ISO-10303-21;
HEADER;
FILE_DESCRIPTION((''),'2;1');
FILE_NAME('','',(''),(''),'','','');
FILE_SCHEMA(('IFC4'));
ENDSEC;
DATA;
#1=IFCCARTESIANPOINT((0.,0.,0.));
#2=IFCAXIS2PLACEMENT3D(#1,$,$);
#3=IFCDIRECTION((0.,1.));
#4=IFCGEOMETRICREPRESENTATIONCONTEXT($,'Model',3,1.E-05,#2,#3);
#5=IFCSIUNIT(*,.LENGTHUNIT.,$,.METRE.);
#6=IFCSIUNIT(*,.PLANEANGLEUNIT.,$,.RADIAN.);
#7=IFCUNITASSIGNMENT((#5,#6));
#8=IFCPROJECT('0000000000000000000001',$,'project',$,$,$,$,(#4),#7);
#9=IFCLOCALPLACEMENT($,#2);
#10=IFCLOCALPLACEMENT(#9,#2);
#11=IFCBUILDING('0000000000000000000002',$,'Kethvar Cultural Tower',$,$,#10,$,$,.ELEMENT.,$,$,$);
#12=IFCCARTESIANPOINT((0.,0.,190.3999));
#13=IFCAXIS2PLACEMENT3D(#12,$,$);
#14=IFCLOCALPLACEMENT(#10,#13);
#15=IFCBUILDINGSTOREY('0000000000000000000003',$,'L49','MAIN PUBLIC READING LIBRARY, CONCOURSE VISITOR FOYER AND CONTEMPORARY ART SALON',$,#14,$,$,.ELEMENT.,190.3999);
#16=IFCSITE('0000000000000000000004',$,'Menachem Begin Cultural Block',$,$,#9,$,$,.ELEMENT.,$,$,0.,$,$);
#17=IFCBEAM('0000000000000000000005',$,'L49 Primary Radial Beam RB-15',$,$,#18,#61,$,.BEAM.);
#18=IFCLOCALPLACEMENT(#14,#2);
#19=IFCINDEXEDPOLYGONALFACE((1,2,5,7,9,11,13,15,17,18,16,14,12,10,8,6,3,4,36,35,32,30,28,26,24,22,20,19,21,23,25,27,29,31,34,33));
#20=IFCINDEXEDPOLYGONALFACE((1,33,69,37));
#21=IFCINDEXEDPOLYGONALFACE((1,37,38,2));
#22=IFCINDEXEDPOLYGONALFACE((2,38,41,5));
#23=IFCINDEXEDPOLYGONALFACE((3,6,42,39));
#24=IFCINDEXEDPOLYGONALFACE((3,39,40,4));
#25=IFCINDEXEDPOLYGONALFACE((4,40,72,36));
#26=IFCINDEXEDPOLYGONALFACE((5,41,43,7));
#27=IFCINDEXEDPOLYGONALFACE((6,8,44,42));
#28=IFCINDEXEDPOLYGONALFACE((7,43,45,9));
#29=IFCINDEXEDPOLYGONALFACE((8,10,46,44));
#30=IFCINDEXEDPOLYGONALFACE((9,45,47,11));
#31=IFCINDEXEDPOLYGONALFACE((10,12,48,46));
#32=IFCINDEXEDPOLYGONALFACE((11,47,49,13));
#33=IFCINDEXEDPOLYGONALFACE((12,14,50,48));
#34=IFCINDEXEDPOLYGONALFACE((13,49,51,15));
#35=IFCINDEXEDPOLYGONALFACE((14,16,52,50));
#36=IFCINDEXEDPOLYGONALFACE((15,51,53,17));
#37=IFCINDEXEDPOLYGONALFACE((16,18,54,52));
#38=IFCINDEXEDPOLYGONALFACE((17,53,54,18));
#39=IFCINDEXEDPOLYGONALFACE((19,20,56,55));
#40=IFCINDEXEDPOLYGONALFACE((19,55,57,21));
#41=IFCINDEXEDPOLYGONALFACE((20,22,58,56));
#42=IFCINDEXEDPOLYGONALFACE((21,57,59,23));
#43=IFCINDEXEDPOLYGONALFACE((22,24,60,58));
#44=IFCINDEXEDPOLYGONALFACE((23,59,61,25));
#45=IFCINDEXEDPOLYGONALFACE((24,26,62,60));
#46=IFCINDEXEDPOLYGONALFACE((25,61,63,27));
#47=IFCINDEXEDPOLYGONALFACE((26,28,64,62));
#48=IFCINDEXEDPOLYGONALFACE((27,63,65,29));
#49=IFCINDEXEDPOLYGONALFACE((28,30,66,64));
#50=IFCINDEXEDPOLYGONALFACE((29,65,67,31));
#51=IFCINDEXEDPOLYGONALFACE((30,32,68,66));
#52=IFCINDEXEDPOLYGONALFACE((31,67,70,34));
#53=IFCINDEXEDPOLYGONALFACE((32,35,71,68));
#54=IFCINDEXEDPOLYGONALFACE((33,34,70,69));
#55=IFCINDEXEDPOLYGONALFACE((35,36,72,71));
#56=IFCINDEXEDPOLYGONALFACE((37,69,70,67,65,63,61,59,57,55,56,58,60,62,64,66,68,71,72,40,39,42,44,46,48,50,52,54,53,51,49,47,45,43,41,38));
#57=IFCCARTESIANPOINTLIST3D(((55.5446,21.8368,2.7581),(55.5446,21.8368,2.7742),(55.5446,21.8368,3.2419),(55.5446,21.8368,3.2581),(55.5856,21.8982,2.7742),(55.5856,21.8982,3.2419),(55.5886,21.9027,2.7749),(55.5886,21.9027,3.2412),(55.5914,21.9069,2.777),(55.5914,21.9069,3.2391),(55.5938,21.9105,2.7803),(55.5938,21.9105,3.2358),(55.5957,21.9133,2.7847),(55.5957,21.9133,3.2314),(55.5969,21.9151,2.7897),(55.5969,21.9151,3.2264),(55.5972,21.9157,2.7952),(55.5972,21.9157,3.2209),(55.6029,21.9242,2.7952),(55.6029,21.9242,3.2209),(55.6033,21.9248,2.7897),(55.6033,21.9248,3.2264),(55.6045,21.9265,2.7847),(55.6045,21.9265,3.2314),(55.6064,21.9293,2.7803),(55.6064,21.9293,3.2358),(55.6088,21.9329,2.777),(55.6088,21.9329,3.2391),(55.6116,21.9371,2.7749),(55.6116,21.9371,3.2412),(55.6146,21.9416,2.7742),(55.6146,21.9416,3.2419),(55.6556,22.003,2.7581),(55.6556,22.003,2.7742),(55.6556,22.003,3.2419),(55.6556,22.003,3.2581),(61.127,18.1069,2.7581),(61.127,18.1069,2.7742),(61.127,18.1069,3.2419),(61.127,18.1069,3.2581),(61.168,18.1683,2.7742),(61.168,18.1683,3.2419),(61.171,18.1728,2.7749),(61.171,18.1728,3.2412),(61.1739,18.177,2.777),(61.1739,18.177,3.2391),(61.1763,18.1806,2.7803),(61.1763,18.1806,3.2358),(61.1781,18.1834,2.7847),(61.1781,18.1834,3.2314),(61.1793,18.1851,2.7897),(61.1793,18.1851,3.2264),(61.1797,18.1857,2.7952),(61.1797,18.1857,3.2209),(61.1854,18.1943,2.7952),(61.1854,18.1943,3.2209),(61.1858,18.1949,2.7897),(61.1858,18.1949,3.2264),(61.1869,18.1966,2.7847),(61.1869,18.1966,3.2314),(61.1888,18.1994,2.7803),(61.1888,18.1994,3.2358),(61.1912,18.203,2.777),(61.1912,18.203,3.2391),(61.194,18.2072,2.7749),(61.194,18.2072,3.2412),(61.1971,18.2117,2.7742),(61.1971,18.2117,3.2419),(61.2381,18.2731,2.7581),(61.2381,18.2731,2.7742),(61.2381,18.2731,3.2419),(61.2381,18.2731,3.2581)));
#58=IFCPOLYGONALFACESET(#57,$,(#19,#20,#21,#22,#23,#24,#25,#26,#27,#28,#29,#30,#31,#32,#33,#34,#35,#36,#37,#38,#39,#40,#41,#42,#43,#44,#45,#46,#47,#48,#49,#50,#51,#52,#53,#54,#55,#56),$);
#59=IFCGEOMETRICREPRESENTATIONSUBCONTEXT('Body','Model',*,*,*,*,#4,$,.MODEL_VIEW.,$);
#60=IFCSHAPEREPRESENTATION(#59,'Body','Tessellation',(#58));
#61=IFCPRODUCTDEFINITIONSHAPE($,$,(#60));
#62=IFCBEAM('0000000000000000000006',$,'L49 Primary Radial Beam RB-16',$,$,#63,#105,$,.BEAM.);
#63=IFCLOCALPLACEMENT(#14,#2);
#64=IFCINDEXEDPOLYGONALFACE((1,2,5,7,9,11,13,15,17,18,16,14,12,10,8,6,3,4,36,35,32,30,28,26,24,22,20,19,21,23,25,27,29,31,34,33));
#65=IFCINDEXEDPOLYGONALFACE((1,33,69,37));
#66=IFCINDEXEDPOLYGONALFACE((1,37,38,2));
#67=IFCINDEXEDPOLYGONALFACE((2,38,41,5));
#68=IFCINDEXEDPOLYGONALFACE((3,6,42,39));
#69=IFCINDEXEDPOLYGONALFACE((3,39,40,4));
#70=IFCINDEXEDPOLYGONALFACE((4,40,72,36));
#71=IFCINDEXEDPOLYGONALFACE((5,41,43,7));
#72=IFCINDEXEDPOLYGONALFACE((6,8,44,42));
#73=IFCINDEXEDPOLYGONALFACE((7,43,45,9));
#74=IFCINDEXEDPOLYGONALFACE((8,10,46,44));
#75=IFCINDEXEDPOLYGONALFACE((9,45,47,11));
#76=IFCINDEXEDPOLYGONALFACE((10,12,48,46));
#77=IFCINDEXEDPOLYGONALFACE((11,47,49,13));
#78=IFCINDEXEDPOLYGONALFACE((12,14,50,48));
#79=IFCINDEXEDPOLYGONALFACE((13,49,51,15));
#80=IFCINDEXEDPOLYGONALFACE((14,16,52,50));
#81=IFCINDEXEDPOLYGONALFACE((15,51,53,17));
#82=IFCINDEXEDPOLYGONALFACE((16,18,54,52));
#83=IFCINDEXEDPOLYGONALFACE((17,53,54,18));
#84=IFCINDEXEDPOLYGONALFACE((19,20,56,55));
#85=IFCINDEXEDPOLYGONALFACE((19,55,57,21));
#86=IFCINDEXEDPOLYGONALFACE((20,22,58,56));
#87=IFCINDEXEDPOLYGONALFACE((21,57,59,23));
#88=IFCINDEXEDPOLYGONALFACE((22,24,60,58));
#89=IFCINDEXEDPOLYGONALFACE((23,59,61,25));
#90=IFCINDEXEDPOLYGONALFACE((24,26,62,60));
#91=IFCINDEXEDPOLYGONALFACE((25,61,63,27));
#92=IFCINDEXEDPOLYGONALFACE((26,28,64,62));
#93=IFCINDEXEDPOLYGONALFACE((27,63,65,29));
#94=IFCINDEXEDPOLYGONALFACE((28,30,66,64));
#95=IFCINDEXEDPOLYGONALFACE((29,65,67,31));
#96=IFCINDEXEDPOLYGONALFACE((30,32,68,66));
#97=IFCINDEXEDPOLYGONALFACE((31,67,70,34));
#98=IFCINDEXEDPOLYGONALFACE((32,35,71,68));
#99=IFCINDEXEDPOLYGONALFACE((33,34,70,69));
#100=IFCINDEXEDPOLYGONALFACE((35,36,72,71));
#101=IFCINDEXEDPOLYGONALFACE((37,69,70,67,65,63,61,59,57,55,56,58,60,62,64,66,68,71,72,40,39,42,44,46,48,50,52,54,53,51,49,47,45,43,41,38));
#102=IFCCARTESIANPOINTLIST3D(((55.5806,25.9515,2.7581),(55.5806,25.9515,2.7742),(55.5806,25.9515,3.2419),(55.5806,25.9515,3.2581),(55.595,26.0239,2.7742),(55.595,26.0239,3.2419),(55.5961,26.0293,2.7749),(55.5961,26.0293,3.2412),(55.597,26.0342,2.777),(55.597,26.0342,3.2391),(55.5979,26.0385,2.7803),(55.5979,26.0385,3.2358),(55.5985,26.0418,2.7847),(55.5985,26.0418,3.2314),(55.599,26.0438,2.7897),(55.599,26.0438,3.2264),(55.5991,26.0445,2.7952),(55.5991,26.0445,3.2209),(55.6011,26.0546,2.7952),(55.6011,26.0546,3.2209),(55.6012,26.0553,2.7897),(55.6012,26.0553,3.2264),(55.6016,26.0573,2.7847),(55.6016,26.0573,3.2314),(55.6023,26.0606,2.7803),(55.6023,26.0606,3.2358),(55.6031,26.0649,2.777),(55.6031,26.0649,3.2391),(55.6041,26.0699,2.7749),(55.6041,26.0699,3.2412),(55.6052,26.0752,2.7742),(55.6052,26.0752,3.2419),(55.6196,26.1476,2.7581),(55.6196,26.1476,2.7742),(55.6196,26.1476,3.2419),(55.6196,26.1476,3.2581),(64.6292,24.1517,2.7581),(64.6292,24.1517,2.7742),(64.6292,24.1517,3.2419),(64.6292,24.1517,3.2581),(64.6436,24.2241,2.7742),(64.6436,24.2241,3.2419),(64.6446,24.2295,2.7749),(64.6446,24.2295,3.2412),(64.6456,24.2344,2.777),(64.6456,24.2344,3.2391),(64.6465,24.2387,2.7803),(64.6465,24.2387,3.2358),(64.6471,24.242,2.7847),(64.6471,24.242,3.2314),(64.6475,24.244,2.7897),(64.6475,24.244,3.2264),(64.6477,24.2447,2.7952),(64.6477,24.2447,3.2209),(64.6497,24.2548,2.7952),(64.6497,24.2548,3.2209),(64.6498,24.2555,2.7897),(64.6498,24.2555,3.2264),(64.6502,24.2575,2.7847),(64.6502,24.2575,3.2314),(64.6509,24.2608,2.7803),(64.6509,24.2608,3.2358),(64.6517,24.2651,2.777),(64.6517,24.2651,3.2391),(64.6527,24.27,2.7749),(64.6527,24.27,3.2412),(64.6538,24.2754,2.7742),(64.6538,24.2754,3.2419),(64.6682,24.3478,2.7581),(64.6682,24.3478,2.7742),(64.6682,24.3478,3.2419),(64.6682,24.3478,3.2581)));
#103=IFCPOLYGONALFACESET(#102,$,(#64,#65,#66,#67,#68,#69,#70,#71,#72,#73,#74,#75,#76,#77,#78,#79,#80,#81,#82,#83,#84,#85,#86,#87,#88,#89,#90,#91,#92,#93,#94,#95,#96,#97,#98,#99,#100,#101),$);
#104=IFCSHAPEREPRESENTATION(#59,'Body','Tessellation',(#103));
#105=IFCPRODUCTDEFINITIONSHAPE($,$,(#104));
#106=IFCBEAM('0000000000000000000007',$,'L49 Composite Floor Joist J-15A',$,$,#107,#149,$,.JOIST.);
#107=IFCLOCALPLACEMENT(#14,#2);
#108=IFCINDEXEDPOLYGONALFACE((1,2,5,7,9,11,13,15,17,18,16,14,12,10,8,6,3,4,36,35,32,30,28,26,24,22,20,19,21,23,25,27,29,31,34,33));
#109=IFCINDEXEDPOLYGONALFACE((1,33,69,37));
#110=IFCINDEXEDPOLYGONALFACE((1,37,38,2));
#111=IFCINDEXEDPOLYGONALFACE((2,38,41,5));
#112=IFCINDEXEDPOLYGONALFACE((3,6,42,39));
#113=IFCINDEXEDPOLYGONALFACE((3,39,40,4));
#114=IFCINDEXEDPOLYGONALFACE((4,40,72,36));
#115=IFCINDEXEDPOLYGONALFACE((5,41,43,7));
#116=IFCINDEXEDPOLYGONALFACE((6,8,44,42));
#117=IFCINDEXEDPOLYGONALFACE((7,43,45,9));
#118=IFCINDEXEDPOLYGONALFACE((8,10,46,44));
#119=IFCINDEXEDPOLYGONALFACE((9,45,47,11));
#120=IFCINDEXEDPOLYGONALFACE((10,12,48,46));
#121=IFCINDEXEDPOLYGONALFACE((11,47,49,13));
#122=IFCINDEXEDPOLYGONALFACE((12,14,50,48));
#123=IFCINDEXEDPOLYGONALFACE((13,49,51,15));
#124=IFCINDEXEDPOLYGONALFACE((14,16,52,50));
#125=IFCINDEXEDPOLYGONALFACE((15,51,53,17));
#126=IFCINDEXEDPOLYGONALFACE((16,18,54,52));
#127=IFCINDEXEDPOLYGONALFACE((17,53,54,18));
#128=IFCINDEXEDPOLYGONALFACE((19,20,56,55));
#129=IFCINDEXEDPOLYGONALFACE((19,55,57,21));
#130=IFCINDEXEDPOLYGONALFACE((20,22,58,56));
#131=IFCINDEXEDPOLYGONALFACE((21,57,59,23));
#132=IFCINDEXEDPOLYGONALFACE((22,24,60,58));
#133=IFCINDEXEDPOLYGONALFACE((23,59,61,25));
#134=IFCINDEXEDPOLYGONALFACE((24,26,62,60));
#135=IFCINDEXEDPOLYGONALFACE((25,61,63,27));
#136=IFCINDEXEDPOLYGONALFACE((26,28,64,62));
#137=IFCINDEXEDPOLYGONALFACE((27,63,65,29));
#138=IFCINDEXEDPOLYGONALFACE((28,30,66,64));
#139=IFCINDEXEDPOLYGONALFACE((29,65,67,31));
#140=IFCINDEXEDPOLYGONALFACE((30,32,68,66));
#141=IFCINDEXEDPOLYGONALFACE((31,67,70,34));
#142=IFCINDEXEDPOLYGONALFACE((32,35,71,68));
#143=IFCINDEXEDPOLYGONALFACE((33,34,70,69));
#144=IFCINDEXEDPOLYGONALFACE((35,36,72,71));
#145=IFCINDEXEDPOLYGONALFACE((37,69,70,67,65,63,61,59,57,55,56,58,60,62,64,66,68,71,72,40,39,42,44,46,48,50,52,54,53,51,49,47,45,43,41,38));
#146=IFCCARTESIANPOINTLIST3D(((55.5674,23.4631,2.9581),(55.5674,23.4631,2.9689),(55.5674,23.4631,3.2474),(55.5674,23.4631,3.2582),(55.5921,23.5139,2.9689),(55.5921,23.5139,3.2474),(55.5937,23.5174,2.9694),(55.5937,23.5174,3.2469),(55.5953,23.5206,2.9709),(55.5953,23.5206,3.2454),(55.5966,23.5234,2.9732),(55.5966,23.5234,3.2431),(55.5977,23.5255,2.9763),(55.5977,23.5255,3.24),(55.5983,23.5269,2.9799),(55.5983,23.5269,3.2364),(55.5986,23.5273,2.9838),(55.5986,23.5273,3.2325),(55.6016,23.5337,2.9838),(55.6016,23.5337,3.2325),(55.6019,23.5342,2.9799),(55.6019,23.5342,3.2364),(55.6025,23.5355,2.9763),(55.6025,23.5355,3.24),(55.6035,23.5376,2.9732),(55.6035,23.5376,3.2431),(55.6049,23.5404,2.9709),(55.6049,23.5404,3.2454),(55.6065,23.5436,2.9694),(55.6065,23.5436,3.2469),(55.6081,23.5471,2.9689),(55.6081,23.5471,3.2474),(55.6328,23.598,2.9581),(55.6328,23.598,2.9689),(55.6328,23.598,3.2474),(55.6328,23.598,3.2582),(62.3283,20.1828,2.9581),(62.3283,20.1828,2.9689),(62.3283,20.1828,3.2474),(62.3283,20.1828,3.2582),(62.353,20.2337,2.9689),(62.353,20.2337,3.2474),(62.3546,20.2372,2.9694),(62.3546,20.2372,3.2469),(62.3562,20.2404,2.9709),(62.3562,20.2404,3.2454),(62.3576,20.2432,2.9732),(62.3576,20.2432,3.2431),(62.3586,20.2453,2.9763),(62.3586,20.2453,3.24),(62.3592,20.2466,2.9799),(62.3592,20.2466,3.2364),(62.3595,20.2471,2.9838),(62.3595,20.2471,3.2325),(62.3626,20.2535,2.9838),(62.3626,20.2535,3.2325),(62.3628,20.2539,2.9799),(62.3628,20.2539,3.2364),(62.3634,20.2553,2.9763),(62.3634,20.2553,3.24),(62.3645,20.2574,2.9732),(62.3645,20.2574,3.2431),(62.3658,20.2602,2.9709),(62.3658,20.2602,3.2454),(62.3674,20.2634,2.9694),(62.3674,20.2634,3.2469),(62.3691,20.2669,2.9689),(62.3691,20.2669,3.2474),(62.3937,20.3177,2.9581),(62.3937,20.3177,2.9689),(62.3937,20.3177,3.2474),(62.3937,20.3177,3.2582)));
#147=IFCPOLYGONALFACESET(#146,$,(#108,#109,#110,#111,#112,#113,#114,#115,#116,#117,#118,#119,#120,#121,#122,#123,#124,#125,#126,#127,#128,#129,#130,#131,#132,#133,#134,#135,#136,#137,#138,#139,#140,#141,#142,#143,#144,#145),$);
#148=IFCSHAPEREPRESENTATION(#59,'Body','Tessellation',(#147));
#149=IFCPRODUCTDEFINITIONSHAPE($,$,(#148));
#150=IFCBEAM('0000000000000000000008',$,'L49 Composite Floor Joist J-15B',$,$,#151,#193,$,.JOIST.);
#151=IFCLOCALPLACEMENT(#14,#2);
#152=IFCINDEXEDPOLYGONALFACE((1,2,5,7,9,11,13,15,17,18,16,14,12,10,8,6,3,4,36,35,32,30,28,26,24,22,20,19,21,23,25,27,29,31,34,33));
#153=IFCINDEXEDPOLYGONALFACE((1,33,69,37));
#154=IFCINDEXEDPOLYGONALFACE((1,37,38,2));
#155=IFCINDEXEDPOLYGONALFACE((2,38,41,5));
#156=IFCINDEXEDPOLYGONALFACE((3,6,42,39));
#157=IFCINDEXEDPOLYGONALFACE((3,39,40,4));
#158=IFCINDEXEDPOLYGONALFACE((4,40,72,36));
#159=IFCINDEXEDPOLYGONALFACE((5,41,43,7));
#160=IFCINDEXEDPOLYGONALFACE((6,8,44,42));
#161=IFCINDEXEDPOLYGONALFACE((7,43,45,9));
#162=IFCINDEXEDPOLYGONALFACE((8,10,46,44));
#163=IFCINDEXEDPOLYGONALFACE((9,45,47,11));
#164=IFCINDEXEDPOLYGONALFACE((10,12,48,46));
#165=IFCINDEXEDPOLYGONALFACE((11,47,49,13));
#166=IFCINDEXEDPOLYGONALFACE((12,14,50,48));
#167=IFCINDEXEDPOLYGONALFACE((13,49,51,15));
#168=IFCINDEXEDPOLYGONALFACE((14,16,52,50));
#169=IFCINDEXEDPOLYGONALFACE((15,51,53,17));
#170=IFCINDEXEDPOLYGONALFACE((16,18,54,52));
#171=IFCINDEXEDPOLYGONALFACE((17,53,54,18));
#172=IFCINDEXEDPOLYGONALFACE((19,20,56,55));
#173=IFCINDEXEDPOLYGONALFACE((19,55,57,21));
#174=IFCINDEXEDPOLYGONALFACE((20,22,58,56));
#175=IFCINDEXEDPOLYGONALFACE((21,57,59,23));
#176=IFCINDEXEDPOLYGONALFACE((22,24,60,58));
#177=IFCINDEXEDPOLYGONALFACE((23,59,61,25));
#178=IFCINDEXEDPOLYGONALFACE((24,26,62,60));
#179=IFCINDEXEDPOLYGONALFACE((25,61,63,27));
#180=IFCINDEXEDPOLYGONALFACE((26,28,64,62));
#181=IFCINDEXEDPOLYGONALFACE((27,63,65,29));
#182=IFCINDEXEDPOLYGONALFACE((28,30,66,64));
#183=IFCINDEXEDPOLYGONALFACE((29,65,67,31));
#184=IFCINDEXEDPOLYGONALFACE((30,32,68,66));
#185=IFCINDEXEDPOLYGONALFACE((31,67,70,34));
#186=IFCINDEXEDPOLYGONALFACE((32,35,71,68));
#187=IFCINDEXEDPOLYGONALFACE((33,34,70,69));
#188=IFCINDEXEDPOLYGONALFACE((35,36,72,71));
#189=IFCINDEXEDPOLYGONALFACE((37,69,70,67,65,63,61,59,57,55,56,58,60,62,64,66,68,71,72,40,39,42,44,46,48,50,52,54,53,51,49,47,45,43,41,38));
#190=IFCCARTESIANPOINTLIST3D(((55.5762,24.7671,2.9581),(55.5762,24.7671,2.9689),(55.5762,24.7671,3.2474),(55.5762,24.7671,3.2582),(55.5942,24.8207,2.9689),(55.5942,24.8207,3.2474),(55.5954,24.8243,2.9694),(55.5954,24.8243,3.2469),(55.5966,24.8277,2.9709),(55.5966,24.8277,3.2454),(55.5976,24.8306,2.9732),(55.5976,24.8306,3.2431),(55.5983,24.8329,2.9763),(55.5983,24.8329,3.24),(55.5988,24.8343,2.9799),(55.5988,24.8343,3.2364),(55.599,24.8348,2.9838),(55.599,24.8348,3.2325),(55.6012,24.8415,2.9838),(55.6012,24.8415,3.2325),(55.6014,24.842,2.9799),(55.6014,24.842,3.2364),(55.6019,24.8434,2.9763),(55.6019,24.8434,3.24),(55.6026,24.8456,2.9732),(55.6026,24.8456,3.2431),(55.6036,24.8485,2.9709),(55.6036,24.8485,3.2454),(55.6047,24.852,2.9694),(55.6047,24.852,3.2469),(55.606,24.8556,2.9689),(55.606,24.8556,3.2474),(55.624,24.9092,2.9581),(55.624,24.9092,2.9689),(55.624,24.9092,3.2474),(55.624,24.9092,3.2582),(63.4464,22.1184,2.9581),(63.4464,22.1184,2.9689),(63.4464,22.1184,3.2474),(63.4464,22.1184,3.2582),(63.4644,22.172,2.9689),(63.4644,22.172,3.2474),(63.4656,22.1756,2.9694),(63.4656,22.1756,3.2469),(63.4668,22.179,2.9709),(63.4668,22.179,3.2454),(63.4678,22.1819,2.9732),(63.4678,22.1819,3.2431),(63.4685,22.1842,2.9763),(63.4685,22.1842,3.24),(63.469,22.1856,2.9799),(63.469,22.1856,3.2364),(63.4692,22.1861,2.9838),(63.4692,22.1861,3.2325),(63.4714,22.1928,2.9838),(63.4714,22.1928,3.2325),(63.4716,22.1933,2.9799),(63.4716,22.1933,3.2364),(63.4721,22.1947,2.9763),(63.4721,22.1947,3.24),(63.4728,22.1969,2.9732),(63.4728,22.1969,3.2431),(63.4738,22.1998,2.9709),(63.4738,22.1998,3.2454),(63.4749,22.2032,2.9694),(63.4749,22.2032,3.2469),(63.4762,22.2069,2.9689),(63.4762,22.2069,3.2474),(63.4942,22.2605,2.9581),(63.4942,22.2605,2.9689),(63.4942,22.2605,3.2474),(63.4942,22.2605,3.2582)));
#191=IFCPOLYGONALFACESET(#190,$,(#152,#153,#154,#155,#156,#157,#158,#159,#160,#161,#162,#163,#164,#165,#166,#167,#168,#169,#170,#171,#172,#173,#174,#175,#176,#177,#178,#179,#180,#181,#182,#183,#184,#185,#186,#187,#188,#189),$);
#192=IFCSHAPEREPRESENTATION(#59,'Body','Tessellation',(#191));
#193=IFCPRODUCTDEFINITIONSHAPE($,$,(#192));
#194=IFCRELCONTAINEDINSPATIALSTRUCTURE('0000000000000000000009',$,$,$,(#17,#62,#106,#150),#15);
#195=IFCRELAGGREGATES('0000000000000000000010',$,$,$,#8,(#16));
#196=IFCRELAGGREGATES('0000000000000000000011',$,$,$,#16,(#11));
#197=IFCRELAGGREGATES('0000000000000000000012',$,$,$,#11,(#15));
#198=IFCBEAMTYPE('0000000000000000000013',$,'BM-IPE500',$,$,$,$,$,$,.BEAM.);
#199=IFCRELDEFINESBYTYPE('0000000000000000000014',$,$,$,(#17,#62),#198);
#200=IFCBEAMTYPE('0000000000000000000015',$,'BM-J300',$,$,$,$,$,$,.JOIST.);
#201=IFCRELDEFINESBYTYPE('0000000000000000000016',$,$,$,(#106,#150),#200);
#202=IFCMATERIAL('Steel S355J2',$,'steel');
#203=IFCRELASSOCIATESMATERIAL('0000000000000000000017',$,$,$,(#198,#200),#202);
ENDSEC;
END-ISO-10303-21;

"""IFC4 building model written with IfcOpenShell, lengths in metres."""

from ifc_helpers import new_model, si_unit, direction, frame, origin, origin_2d, place, context, subcontext, project, spatial, i_section, extrude, source, transform, mapped, material, material_profile, profile_set, type_object, element, save


model = new_model("IFC4")

# Units and contexts
model_context = context("Model", 3, precision=1e-05, world=origin(), true_north=direction((0.0, 1.0)))
body_context = subcontext(model_context, "Body", "Model", "MODEL_VIEW")
ifc_project = project(units=[si_unit("LENGTHUNIT", "METRE"), si_unit("PLANEANGLEUNIT", "RADIAN")], contexts=[model_context])

# Site, building, storey
site_placement = place(None, origin())
site = spatial("IfcSite", under=ifc_project, at=site_placement, Name="Menachem Begin Cultural Block", CompositionType="ELEMENT", RefElevation=0.0)
building_placement = place(site_placement, origin())
building = spatial("IfcBuilding", under=site, at=building_placement, Name="Kethvar Cultural Tower", CompositionType="ELEMENT")
storey_placement = place(building_placement, frame((0.0, 0.0, 190.3999)))
storey = spatial("IfcBuildingStorey", under=building, at=storey_placement, Name="L49", Description="MAIN PUBLIC READING LIBRARY, CONCOURSE VISITOR FOYER AND CONTEMPORARY ART SALON", CompositionType="ELEMENT", Elevation=190.3999)

# Beams
ifc_material_1 = material(Name="Steel S355J2", Category="steel")
ifc_material_profile_1 = material_profile(ifc_material_1, i_section(OverallWidth=0.2, OverallDepth=0.5, WebThickness=0.0103, FlangeThickness=0.0161, FilletRadius=0.021, at=origin_2d()), Name="Steel S355J2 — IPE500")
ifc_profile_set_1 = profile_set([ifc_material_profile_1], Name="Steel S355J2 — IPE500")
beam_type_1 = type_object("IfcBeamType", Name="BM-IPE500", PredefinedType="BEAM", material=ifc_profile_set_1)
shared_shape_1 = source(origin(), body_context, "Body", "SweptSolid", [
    extrude(i_section(OverallWidth=0.2, OverallDepth=0.5, WebThickness=0.0103, FlangeThickness=0.0161, FilletRadius=0.021, at=origin_2d()), origin(), (0.0, 0.0, 1.0), 6.7139),
])
beam_1_placement = place(storey_placement, frame((55.6001, 21.9199, 3.0081), z_axis=(0.831479, -0.555556, 0.0), x_axis=(0.555556, 0.831479, 0.0)))
element("IfcBeam", 1, at=beam_1_placement, inside=storey, type_object=beam_type_1, Name="L49 Primary Radial Beam RB-15", PredefinedType="BEAM", context=body_context, shape_type="MappedRepresentation", body=[
    mapped(shared_shape_1, transform((0.0, 0.0, 0.0), scale=1.0)),
])
shared_shape_2 = source(origin(), body_context, "Body", "SweptSolid", [
    extrude(i_section(OverallWidth=0.2, OverallDepth=0.5, WebThickness=0.0103, FlangeThickness=0.0161, FilletRadius=0.021, at=origin_2d()), origin(), (0.0, 0.0, 1.0), 9.2258),
])
beam_2_placement = place(storey_placement, frame((55.6001, 26.0496, 3.0081), z_axis=(0.980787, -0.195083, 0.0), x_axis=(0.195083, 0.980787, 0.0)))
element("IfcBeam", 2, at=beam_2_placement, inside=storey, type_object=beam_type_1, Name="L49 Primary Radial Beam RB-16", PredefinedType="BEAM", context=body_context, shape_type="MappedRepresentation", body=[
    mapped(shared_shape_2, transform((0.0, 0.0, 0.0), scale=1.0)),
])
ifc_material_profile_2 = material_profile(ifc_material_1, i_section(OverallWidth=0.1499, OverallDepth=0.3, WebThickness=0.0071, FlangeThickness=0.0107, FilletRadius=0.0149, at=origin_2d()), Name="Steel S355J2 — IPE300")
ifc_profile_set_2 = profile_set([ifc_material_profile_2], Name="Steel S355J2 — IPE300")
beam_type_2 = type_object("IfcBeamType", Name="BM-J300", PredefinedType="JOIST", material=ifc_profile_set_2)
shared_shape_3 = source(origin(), body_context, "Body", "SweptSolid", [
    extrude(i_section(OverallWidth=0.1499, OverallDepth=0.3, WebThickness=0.0071, FlangeThickness=0.0107, FilletRadius=0.0149, at=origin_2d()), origin(), (0.0, 0.0, 1.0), 7.5146),
])
beam_3_placement = place(storey_placement, frame((55.6001, 23.5305, 3.1082), z_axis=(0.899698, -0.436513, 0.0), x_axis=(0.436513, 0.899698, 0.0)))
element("IfcBeam", 3, at=beam_3_placement, inside=storey, type_object=beam_type_2, Name="L49 Composite Floor Joist J-15A", PredefinedType="JOIST", context=body_context, shape_type="MappedRepresentation", body=[
    mapped(shared_shape_3, transform((0.0, 0.0, 0.0), scale=1.0)),
])
shared_shape_4 = source(origin(), body_context, "Body", "SweptSolid", [
    extrude(i_section(OverallWidth=0.1499, OverallDepth=0.3, WebThickness=0.0071, FlangeThickness=0.0107, FilletRadius=0.0149, at=origin_2d()), origin(), (0.0, 0.0, 1.0), 8.304),
])
beam_4_placement = place(storey_placement, frame((55.6001, 24.8381, 3.1082), z_axis=(0.947765, -0.31897, 0.0), x_axis=(0.31897, 0.947765, 0.0)))
element("IfcBeam", 4, at=beam_4_placement, inside=storey, type_object=beam_type_2, Name="L49 Composite Floor Joist J-15B", PredefinedType="JOIST", context=body_context, shape_type="MappedRepresentation", body=[
    mapped(shared_shape_4, transform((0.0, 0.0, 0.0), scale=1.0)),
])

save(model, "model.ifc")
